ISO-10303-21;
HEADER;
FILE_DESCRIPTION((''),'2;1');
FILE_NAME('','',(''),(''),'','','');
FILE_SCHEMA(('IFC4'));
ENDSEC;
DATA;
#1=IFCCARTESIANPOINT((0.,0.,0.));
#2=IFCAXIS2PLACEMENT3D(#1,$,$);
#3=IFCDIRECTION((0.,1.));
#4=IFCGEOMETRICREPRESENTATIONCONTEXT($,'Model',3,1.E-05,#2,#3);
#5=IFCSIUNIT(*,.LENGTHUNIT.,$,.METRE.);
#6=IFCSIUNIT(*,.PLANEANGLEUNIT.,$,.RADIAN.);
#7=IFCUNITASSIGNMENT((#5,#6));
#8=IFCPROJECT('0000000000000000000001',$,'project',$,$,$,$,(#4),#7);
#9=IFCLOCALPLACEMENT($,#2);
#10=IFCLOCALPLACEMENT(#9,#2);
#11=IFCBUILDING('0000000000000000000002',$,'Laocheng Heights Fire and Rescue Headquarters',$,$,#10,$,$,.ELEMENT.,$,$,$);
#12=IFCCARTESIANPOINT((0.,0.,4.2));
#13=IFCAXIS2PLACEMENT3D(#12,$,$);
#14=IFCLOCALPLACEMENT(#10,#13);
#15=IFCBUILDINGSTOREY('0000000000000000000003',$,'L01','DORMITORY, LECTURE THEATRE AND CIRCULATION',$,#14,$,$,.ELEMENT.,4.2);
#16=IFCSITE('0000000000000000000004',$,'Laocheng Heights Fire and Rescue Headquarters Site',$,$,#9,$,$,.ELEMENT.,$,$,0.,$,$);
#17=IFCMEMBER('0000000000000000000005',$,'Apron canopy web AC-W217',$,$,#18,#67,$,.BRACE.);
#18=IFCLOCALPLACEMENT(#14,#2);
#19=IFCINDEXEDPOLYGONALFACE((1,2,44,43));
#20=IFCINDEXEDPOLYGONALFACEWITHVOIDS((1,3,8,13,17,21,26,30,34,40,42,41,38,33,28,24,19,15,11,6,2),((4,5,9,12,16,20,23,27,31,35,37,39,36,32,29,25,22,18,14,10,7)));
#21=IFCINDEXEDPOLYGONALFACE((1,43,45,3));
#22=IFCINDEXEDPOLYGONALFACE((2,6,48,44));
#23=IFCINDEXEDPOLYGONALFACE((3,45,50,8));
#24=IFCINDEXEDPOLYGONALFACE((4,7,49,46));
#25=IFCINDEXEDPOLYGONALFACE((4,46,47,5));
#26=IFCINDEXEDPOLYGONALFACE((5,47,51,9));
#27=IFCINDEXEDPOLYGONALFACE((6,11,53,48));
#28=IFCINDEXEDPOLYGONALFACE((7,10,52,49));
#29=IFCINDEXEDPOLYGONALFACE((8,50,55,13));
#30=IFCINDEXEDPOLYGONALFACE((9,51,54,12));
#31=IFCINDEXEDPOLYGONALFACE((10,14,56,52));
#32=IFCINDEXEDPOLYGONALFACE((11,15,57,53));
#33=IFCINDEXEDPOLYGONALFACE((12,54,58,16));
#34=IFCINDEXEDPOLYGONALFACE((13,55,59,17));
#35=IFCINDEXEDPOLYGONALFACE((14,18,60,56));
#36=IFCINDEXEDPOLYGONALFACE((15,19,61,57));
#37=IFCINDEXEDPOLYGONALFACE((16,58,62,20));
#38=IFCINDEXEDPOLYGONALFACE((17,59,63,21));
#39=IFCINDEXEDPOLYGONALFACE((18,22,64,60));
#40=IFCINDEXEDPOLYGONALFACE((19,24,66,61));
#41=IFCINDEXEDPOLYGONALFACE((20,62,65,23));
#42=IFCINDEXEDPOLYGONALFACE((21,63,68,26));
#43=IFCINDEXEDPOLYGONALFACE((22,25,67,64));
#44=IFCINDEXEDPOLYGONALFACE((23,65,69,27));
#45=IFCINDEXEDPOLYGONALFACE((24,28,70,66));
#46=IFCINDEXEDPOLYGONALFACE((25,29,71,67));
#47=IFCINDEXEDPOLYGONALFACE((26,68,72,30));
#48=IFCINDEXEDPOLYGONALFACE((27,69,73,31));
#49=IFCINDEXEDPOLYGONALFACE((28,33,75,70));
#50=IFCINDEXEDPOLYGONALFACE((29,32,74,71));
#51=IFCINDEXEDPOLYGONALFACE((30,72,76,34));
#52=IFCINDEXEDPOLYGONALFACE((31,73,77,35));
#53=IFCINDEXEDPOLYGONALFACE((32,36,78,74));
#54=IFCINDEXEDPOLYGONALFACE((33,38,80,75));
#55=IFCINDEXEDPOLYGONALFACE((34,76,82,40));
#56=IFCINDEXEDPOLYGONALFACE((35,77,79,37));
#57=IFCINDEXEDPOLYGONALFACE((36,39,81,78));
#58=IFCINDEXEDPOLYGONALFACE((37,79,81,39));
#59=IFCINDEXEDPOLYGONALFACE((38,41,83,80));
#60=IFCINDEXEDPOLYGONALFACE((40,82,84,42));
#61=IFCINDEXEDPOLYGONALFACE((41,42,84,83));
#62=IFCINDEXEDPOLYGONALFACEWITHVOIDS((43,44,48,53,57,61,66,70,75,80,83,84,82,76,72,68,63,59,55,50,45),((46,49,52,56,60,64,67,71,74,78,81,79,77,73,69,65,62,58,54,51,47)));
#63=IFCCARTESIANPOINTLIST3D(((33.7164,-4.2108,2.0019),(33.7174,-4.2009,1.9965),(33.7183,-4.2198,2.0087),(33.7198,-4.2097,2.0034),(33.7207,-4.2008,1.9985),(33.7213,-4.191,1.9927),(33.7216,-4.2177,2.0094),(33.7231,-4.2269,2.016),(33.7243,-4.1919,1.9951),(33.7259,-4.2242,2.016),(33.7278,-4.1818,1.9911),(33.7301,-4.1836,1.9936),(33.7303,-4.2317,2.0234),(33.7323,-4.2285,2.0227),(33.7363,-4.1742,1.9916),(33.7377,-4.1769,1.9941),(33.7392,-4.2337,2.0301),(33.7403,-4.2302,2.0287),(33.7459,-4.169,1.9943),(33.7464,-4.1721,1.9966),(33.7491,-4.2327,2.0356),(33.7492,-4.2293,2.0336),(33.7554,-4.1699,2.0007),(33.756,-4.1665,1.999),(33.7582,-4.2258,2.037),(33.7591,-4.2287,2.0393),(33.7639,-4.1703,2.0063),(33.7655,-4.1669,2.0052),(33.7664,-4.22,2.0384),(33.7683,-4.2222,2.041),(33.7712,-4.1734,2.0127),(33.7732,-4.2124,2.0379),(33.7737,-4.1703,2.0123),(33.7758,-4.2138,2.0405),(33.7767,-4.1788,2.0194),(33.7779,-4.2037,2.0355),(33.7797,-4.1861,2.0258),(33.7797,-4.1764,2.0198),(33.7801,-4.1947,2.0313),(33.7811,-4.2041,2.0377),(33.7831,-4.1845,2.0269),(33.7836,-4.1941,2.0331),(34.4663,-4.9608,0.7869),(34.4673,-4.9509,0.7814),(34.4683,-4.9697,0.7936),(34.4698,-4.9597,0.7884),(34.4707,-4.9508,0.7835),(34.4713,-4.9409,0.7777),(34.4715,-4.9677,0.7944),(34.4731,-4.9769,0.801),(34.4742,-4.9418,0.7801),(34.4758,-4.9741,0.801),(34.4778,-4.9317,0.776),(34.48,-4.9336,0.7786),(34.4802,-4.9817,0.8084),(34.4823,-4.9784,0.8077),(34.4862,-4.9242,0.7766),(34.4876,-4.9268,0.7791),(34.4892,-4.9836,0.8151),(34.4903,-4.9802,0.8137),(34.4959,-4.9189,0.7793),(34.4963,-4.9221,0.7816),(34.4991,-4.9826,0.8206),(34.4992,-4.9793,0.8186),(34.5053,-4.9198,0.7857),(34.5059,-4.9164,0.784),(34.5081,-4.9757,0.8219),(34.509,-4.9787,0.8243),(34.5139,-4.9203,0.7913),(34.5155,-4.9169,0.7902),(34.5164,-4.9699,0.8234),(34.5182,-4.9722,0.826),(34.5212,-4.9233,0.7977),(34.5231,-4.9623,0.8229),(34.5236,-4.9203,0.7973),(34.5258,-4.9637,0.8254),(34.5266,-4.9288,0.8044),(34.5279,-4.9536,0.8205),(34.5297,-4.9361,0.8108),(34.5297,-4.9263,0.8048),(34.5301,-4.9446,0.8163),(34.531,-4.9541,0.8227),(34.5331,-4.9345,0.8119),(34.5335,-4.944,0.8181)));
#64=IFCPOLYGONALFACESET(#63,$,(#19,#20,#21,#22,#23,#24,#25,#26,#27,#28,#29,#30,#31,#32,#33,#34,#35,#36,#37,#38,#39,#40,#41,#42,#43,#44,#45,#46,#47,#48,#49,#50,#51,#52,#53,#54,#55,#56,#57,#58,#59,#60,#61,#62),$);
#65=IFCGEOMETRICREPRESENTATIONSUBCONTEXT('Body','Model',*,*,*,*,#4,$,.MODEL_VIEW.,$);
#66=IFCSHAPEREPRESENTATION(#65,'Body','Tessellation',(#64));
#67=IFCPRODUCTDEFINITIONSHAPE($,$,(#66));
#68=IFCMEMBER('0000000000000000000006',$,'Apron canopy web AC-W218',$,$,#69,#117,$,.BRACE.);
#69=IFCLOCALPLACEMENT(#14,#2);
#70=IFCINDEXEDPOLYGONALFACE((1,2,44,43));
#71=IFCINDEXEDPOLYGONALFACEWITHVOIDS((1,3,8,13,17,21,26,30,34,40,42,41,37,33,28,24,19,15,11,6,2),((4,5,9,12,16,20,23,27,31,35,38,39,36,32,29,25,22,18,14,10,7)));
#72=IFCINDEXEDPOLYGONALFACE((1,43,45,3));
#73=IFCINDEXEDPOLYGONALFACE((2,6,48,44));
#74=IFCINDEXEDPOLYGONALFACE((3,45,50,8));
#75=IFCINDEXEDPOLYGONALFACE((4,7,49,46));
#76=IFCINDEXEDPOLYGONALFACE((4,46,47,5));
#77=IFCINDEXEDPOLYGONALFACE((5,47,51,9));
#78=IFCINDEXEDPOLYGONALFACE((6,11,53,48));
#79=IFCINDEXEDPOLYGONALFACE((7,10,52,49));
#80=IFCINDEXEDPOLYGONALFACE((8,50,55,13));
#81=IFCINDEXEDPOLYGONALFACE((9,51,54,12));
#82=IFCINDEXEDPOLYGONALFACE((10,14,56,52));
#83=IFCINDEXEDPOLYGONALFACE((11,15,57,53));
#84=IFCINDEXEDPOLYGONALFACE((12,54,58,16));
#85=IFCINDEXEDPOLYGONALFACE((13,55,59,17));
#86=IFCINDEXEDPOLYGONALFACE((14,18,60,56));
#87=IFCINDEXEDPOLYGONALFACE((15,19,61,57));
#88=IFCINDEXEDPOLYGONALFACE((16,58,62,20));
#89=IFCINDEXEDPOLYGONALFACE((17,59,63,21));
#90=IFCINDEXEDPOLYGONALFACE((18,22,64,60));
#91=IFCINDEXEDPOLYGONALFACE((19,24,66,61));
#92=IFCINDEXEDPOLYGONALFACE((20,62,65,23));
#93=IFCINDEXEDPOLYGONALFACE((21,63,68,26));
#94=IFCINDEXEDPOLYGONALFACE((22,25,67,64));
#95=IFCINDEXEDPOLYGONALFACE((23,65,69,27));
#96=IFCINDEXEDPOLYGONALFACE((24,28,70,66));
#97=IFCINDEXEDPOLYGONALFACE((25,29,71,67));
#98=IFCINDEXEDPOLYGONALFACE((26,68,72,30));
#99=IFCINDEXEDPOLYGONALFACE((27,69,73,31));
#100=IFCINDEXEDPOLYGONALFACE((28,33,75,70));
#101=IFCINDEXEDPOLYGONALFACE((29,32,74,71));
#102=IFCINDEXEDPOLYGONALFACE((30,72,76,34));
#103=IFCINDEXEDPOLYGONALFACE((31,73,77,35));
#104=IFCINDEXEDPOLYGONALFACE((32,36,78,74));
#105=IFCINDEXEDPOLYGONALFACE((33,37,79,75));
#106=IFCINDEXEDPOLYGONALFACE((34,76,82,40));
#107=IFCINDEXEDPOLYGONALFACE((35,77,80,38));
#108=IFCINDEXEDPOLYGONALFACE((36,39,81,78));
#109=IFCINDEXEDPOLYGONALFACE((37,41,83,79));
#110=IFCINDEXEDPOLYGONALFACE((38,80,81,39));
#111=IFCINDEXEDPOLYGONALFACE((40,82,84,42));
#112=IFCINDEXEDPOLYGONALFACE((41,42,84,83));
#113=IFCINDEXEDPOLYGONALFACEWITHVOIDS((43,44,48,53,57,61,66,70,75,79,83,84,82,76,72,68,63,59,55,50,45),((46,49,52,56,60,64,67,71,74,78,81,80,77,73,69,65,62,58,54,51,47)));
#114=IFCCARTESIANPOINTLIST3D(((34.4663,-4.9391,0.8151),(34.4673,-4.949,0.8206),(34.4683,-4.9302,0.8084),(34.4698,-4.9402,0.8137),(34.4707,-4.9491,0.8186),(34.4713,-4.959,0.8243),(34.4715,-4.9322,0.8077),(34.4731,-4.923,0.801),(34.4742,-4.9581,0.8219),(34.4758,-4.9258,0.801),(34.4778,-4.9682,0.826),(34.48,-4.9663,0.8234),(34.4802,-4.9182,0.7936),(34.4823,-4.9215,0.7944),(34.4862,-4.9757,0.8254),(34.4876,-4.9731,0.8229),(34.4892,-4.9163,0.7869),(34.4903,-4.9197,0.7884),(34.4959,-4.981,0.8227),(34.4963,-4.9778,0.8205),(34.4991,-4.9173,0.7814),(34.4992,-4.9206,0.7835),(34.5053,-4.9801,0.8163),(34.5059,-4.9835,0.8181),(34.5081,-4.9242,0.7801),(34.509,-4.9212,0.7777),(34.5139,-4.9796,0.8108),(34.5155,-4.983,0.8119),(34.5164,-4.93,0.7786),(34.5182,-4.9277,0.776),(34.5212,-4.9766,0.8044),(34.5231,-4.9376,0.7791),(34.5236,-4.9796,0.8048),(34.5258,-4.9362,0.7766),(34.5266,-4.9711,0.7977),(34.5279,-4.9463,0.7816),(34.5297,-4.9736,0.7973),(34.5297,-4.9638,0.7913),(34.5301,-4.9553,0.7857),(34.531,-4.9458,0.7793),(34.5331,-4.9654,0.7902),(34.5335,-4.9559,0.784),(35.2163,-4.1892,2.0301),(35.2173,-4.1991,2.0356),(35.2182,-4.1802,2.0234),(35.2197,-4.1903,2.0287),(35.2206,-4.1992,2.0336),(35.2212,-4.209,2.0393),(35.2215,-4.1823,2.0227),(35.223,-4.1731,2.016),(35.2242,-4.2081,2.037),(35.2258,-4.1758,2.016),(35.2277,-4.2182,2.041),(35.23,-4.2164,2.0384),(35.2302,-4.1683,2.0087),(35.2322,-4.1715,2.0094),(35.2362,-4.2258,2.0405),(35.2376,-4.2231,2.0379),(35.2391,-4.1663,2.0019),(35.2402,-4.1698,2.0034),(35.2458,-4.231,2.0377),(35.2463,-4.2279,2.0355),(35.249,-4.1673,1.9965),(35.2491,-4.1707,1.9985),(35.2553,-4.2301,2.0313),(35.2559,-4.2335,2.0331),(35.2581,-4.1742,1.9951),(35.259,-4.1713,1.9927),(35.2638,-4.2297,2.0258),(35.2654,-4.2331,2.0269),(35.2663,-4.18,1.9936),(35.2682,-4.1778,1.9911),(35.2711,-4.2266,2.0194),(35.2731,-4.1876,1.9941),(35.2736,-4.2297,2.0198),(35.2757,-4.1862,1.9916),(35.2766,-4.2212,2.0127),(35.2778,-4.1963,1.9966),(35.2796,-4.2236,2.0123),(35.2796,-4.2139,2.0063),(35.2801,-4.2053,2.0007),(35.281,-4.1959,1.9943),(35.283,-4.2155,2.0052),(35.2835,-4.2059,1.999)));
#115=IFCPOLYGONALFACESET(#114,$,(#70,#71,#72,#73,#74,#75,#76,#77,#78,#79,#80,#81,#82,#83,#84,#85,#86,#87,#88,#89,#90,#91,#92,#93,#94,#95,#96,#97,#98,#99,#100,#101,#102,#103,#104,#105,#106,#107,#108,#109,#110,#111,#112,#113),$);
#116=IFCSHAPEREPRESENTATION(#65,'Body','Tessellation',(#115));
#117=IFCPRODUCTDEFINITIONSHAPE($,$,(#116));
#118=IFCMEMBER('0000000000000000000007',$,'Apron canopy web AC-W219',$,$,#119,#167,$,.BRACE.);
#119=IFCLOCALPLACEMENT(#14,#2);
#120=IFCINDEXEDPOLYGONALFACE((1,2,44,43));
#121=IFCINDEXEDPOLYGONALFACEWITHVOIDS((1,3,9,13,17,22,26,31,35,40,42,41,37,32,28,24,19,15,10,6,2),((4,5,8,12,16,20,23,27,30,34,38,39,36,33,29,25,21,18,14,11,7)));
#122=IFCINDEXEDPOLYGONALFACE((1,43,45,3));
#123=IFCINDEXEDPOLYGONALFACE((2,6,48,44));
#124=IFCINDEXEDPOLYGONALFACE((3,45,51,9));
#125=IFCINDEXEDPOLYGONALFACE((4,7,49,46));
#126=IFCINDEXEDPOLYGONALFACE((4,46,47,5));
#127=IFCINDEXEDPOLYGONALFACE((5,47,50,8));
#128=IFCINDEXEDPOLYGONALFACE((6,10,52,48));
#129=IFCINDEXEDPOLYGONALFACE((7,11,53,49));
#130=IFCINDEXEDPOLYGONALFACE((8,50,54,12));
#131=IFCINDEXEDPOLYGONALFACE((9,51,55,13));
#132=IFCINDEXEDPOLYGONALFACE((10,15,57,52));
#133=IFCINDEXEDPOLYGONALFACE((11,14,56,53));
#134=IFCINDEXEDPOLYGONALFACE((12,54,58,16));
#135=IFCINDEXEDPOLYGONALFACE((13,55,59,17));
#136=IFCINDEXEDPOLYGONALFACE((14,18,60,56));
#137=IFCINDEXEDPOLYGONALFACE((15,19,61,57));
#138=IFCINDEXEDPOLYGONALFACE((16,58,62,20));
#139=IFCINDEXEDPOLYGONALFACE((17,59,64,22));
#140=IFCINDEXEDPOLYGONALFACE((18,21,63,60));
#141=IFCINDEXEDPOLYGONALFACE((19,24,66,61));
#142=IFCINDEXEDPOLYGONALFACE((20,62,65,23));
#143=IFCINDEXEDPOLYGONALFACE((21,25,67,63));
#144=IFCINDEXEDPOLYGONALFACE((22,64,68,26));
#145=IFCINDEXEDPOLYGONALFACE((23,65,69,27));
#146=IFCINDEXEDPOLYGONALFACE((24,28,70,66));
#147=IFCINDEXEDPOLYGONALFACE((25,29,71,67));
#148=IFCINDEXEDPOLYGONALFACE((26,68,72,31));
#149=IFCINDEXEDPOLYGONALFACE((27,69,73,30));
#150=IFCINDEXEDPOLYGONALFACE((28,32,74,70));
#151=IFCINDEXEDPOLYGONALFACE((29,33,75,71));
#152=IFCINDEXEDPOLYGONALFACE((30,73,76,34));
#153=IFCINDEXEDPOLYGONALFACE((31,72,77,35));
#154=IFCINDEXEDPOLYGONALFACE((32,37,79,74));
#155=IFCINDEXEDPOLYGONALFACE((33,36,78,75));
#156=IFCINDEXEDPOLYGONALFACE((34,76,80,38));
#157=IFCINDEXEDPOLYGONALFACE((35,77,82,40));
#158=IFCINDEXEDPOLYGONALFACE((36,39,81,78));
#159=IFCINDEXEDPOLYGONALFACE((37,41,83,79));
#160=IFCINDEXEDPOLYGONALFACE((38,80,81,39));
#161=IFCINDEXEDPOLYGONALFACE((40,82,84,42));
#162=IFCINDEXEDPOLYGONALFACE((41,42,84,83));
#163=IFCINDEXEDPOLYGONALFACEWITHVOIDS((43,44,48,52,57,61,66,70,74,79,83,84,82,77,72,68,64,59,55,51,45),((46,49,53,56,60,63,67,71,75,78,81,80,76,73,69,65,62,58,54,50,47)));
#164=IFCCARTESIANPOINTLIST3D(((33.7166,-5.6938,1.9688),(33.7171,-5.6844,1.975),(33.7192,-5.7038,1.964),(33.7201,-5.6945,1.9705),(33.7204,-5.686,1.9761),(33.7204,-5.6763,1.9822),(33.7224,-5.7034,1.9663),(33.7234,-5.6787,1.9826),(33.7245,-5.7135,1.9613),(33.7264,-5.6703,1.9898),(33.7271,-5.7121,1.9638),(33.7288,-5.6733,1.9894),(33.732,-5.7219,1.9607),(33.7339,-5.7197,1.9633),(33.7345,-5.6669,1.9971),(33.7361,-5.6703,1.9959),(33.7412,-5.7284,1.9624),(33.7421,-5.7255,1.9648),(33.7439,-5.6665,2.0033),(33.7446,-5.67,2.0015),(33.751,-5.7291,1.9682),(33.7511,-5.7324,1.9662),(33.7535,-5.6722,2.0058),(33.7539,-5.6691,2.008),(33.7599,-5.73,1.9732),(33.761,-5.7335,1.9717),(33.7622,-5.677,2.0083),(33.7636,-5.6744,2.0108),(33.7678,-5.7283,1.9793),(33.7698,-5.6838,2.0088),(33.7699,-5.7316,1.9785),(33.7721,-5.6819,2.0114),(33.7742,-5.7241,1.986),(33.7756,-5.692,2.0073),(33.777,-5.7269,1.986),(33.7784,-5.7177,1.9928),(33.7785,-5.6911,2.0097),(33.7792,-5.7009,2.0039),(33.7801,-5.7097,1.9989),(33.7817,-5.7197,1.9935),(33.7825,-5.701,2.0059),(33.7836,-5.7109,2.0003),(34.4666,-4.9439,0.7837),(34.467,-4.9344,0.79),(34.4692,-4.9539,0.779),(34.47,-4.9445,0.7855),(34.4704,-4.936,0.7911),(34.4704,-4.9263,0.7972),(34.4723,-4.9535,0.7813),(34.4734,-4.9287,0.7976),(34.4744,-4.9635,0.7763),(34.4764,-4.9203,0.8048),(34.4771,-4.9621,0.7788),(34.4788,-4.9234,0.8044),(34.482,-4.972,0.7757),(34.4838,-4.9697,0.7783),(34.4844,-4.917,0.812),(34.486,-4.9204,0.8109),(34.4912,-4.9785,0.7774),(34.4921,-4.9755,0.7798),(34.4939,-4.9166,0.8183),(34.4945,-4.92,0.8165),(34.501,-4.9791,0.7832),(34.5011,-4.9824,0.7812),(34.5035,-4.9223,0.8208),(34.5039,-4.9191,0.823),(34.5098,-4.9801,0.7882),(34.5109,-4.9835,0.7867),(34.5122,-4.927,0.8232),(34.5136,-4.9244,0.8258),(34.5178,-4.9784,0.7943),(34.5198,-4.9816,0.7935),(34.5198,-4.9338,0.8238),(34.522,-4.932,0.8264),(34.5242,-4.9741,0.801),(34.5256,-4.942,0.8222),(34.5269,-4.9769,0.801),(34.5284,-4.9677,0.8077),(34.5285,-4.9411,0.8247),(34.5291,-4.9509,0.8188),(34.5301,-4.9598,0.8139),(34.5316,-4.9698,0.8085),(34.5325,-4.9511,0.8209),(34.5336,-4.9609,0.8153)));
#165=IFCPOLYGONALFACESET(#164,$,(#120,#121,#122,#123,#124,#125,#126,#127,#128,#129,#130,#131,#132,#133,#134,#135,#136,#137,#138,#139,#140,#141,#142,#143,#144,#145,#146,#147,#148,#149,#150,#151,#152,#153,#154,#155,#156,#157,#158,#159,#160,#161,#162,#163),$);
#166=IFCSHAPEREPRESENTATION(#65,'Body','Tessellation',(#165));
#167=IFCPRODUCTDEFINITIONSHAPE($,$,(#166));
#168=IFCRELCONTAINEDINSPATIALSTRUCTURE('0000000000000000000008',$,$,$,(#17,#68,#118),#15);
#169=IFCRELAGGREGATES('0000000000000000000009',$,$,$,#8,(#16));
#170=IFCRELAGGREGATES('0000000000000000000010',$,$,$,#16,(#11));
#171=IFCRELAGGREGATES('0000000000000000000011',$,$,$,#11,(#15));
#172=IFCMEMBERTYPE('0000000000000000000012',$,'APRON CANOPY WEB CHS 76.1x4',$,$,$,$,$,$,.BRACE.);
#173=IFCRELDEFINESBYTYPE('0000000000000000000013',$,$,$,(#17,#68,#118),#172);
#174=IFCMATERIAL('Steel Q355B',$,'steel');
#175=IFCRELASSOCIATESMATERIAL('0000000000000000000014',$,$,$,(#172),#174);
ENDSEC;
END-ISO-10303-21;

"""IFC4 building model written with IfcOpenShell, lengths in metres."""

from ifc_helpers import new_model, si_unit, direction, frame, origin, origin_2d, place, context, subcontext, project, spatial, hollow_circle, extrude, material, material_profile, profile_set, type_object, element, save


model = new_model("IFC4")

# Units and contexts
model_context = context("Model", 3, precision=1e-05, world=origin(), true_north=direction((0.0, 1.0)))
body_context = subcontext(model_context, "Body", "Model", "MODEL_VIEW")
ifc_project = project(units=[si_unit("LENGTHUNIT", "METRE"), si_unit("PLANEANGLEUNIT", "RADIAN")], contexts=[model_context])

# Site, building, storey
site_placement = place(None, origin())
site = spatial("IfcSite", under=ifc_project, at=site_placement, Name="Laocheng Heights Fire and Rescue Headquarters Site", CompositionType="ELEMENT", RefElevation=0.0)
building_placement = place(site_placement, origin())
building = spatial("IfcBuilding", under=site, at=building_placement, Name="Laocheng Heights Fire and Rescue Headquarters", CompositionType="ELEMENT")
storey_placement = place(building_placement, frame((0.0, 0.0, 4.2)))
storey = spatial("IfcBuildingStorey", under=building, at=storey_placement, Name="L01", Description="DORMITORY, LECTURE THEATRE AND CIRCULATION", CompositionType="ELEMENT", Elevation=4.2)

# Members
ifc_material_1 = material(Name="Steel Q355B", Category="steel")
ifc_material_profile_1 = material_profile(ifc_material_1, hollow_circle(Radius=0.0381, WallThickness=0.0039, at=origin_2d()), Name="CHS 76.1x4")
ifc_profile_set_1 = profile_set([ifc_material_profile_1], Name="Steel Q355B")
member_type_1 = type_object("IfcMemberType", Name="APRON CANOPY WEB CHS 76.1x4", PredefinedType="BRACE", material=ifc_profile_set_1)
for number, where, z_axis, x_axis, name in (
    (1, (34.5, -4.95, 0.801), (-0.465002, 0.465002, 0.753357), (-0.707107, -0.707107, 0.0), "Apron canopy web AC-W217"),
    (2, (34.5, -4.95, 0.801), (0.465002, 0.465002, 0.753357), (-0.707107, 0.707107, 0.0), "Apron canopy web AC-W218"),
):
    element("IfcMember", number, at=place(storey_placement, frame(where, z_axis=z_axis, x_axis=x_axis)), inside=storey, type_object=member_type_1, Name=name, PredefinedType="BRACE", context=body_context, shape_type="SweptSolid", body=[
        extrude(hollow_circle(Radius=0.0381, WallThickness=0.0039, at=origin_2d()), origin(), (0.0, 0.0, 1.0), 1.6128),
    ])
for number, where, z_axis, x_axis, name in (
    (3, (34.5, -4.95, 0.801), (-0.47158, -0.47158, 0.745134), (0.707107, -0.707107, 0.0), "Apron canopy web AC-W219"),
):
    element("IfcMember", number, at=place(storey_placement, frame(where, z_axis=z_axis, x_axis=x_axis)), inside=storey, type_object=member_type_1, Name=name, PredefinedType="BRACE", context=body_context, shape_type="SweptSolid", body=[
        extrude(hollow_circle(Radius=0.0381, WallThickness=0.0039, at=origin_2d()), origin(), (0.0, 0.0, 1.0), 1.5903),
    ])

save(model, "model.ifc")
